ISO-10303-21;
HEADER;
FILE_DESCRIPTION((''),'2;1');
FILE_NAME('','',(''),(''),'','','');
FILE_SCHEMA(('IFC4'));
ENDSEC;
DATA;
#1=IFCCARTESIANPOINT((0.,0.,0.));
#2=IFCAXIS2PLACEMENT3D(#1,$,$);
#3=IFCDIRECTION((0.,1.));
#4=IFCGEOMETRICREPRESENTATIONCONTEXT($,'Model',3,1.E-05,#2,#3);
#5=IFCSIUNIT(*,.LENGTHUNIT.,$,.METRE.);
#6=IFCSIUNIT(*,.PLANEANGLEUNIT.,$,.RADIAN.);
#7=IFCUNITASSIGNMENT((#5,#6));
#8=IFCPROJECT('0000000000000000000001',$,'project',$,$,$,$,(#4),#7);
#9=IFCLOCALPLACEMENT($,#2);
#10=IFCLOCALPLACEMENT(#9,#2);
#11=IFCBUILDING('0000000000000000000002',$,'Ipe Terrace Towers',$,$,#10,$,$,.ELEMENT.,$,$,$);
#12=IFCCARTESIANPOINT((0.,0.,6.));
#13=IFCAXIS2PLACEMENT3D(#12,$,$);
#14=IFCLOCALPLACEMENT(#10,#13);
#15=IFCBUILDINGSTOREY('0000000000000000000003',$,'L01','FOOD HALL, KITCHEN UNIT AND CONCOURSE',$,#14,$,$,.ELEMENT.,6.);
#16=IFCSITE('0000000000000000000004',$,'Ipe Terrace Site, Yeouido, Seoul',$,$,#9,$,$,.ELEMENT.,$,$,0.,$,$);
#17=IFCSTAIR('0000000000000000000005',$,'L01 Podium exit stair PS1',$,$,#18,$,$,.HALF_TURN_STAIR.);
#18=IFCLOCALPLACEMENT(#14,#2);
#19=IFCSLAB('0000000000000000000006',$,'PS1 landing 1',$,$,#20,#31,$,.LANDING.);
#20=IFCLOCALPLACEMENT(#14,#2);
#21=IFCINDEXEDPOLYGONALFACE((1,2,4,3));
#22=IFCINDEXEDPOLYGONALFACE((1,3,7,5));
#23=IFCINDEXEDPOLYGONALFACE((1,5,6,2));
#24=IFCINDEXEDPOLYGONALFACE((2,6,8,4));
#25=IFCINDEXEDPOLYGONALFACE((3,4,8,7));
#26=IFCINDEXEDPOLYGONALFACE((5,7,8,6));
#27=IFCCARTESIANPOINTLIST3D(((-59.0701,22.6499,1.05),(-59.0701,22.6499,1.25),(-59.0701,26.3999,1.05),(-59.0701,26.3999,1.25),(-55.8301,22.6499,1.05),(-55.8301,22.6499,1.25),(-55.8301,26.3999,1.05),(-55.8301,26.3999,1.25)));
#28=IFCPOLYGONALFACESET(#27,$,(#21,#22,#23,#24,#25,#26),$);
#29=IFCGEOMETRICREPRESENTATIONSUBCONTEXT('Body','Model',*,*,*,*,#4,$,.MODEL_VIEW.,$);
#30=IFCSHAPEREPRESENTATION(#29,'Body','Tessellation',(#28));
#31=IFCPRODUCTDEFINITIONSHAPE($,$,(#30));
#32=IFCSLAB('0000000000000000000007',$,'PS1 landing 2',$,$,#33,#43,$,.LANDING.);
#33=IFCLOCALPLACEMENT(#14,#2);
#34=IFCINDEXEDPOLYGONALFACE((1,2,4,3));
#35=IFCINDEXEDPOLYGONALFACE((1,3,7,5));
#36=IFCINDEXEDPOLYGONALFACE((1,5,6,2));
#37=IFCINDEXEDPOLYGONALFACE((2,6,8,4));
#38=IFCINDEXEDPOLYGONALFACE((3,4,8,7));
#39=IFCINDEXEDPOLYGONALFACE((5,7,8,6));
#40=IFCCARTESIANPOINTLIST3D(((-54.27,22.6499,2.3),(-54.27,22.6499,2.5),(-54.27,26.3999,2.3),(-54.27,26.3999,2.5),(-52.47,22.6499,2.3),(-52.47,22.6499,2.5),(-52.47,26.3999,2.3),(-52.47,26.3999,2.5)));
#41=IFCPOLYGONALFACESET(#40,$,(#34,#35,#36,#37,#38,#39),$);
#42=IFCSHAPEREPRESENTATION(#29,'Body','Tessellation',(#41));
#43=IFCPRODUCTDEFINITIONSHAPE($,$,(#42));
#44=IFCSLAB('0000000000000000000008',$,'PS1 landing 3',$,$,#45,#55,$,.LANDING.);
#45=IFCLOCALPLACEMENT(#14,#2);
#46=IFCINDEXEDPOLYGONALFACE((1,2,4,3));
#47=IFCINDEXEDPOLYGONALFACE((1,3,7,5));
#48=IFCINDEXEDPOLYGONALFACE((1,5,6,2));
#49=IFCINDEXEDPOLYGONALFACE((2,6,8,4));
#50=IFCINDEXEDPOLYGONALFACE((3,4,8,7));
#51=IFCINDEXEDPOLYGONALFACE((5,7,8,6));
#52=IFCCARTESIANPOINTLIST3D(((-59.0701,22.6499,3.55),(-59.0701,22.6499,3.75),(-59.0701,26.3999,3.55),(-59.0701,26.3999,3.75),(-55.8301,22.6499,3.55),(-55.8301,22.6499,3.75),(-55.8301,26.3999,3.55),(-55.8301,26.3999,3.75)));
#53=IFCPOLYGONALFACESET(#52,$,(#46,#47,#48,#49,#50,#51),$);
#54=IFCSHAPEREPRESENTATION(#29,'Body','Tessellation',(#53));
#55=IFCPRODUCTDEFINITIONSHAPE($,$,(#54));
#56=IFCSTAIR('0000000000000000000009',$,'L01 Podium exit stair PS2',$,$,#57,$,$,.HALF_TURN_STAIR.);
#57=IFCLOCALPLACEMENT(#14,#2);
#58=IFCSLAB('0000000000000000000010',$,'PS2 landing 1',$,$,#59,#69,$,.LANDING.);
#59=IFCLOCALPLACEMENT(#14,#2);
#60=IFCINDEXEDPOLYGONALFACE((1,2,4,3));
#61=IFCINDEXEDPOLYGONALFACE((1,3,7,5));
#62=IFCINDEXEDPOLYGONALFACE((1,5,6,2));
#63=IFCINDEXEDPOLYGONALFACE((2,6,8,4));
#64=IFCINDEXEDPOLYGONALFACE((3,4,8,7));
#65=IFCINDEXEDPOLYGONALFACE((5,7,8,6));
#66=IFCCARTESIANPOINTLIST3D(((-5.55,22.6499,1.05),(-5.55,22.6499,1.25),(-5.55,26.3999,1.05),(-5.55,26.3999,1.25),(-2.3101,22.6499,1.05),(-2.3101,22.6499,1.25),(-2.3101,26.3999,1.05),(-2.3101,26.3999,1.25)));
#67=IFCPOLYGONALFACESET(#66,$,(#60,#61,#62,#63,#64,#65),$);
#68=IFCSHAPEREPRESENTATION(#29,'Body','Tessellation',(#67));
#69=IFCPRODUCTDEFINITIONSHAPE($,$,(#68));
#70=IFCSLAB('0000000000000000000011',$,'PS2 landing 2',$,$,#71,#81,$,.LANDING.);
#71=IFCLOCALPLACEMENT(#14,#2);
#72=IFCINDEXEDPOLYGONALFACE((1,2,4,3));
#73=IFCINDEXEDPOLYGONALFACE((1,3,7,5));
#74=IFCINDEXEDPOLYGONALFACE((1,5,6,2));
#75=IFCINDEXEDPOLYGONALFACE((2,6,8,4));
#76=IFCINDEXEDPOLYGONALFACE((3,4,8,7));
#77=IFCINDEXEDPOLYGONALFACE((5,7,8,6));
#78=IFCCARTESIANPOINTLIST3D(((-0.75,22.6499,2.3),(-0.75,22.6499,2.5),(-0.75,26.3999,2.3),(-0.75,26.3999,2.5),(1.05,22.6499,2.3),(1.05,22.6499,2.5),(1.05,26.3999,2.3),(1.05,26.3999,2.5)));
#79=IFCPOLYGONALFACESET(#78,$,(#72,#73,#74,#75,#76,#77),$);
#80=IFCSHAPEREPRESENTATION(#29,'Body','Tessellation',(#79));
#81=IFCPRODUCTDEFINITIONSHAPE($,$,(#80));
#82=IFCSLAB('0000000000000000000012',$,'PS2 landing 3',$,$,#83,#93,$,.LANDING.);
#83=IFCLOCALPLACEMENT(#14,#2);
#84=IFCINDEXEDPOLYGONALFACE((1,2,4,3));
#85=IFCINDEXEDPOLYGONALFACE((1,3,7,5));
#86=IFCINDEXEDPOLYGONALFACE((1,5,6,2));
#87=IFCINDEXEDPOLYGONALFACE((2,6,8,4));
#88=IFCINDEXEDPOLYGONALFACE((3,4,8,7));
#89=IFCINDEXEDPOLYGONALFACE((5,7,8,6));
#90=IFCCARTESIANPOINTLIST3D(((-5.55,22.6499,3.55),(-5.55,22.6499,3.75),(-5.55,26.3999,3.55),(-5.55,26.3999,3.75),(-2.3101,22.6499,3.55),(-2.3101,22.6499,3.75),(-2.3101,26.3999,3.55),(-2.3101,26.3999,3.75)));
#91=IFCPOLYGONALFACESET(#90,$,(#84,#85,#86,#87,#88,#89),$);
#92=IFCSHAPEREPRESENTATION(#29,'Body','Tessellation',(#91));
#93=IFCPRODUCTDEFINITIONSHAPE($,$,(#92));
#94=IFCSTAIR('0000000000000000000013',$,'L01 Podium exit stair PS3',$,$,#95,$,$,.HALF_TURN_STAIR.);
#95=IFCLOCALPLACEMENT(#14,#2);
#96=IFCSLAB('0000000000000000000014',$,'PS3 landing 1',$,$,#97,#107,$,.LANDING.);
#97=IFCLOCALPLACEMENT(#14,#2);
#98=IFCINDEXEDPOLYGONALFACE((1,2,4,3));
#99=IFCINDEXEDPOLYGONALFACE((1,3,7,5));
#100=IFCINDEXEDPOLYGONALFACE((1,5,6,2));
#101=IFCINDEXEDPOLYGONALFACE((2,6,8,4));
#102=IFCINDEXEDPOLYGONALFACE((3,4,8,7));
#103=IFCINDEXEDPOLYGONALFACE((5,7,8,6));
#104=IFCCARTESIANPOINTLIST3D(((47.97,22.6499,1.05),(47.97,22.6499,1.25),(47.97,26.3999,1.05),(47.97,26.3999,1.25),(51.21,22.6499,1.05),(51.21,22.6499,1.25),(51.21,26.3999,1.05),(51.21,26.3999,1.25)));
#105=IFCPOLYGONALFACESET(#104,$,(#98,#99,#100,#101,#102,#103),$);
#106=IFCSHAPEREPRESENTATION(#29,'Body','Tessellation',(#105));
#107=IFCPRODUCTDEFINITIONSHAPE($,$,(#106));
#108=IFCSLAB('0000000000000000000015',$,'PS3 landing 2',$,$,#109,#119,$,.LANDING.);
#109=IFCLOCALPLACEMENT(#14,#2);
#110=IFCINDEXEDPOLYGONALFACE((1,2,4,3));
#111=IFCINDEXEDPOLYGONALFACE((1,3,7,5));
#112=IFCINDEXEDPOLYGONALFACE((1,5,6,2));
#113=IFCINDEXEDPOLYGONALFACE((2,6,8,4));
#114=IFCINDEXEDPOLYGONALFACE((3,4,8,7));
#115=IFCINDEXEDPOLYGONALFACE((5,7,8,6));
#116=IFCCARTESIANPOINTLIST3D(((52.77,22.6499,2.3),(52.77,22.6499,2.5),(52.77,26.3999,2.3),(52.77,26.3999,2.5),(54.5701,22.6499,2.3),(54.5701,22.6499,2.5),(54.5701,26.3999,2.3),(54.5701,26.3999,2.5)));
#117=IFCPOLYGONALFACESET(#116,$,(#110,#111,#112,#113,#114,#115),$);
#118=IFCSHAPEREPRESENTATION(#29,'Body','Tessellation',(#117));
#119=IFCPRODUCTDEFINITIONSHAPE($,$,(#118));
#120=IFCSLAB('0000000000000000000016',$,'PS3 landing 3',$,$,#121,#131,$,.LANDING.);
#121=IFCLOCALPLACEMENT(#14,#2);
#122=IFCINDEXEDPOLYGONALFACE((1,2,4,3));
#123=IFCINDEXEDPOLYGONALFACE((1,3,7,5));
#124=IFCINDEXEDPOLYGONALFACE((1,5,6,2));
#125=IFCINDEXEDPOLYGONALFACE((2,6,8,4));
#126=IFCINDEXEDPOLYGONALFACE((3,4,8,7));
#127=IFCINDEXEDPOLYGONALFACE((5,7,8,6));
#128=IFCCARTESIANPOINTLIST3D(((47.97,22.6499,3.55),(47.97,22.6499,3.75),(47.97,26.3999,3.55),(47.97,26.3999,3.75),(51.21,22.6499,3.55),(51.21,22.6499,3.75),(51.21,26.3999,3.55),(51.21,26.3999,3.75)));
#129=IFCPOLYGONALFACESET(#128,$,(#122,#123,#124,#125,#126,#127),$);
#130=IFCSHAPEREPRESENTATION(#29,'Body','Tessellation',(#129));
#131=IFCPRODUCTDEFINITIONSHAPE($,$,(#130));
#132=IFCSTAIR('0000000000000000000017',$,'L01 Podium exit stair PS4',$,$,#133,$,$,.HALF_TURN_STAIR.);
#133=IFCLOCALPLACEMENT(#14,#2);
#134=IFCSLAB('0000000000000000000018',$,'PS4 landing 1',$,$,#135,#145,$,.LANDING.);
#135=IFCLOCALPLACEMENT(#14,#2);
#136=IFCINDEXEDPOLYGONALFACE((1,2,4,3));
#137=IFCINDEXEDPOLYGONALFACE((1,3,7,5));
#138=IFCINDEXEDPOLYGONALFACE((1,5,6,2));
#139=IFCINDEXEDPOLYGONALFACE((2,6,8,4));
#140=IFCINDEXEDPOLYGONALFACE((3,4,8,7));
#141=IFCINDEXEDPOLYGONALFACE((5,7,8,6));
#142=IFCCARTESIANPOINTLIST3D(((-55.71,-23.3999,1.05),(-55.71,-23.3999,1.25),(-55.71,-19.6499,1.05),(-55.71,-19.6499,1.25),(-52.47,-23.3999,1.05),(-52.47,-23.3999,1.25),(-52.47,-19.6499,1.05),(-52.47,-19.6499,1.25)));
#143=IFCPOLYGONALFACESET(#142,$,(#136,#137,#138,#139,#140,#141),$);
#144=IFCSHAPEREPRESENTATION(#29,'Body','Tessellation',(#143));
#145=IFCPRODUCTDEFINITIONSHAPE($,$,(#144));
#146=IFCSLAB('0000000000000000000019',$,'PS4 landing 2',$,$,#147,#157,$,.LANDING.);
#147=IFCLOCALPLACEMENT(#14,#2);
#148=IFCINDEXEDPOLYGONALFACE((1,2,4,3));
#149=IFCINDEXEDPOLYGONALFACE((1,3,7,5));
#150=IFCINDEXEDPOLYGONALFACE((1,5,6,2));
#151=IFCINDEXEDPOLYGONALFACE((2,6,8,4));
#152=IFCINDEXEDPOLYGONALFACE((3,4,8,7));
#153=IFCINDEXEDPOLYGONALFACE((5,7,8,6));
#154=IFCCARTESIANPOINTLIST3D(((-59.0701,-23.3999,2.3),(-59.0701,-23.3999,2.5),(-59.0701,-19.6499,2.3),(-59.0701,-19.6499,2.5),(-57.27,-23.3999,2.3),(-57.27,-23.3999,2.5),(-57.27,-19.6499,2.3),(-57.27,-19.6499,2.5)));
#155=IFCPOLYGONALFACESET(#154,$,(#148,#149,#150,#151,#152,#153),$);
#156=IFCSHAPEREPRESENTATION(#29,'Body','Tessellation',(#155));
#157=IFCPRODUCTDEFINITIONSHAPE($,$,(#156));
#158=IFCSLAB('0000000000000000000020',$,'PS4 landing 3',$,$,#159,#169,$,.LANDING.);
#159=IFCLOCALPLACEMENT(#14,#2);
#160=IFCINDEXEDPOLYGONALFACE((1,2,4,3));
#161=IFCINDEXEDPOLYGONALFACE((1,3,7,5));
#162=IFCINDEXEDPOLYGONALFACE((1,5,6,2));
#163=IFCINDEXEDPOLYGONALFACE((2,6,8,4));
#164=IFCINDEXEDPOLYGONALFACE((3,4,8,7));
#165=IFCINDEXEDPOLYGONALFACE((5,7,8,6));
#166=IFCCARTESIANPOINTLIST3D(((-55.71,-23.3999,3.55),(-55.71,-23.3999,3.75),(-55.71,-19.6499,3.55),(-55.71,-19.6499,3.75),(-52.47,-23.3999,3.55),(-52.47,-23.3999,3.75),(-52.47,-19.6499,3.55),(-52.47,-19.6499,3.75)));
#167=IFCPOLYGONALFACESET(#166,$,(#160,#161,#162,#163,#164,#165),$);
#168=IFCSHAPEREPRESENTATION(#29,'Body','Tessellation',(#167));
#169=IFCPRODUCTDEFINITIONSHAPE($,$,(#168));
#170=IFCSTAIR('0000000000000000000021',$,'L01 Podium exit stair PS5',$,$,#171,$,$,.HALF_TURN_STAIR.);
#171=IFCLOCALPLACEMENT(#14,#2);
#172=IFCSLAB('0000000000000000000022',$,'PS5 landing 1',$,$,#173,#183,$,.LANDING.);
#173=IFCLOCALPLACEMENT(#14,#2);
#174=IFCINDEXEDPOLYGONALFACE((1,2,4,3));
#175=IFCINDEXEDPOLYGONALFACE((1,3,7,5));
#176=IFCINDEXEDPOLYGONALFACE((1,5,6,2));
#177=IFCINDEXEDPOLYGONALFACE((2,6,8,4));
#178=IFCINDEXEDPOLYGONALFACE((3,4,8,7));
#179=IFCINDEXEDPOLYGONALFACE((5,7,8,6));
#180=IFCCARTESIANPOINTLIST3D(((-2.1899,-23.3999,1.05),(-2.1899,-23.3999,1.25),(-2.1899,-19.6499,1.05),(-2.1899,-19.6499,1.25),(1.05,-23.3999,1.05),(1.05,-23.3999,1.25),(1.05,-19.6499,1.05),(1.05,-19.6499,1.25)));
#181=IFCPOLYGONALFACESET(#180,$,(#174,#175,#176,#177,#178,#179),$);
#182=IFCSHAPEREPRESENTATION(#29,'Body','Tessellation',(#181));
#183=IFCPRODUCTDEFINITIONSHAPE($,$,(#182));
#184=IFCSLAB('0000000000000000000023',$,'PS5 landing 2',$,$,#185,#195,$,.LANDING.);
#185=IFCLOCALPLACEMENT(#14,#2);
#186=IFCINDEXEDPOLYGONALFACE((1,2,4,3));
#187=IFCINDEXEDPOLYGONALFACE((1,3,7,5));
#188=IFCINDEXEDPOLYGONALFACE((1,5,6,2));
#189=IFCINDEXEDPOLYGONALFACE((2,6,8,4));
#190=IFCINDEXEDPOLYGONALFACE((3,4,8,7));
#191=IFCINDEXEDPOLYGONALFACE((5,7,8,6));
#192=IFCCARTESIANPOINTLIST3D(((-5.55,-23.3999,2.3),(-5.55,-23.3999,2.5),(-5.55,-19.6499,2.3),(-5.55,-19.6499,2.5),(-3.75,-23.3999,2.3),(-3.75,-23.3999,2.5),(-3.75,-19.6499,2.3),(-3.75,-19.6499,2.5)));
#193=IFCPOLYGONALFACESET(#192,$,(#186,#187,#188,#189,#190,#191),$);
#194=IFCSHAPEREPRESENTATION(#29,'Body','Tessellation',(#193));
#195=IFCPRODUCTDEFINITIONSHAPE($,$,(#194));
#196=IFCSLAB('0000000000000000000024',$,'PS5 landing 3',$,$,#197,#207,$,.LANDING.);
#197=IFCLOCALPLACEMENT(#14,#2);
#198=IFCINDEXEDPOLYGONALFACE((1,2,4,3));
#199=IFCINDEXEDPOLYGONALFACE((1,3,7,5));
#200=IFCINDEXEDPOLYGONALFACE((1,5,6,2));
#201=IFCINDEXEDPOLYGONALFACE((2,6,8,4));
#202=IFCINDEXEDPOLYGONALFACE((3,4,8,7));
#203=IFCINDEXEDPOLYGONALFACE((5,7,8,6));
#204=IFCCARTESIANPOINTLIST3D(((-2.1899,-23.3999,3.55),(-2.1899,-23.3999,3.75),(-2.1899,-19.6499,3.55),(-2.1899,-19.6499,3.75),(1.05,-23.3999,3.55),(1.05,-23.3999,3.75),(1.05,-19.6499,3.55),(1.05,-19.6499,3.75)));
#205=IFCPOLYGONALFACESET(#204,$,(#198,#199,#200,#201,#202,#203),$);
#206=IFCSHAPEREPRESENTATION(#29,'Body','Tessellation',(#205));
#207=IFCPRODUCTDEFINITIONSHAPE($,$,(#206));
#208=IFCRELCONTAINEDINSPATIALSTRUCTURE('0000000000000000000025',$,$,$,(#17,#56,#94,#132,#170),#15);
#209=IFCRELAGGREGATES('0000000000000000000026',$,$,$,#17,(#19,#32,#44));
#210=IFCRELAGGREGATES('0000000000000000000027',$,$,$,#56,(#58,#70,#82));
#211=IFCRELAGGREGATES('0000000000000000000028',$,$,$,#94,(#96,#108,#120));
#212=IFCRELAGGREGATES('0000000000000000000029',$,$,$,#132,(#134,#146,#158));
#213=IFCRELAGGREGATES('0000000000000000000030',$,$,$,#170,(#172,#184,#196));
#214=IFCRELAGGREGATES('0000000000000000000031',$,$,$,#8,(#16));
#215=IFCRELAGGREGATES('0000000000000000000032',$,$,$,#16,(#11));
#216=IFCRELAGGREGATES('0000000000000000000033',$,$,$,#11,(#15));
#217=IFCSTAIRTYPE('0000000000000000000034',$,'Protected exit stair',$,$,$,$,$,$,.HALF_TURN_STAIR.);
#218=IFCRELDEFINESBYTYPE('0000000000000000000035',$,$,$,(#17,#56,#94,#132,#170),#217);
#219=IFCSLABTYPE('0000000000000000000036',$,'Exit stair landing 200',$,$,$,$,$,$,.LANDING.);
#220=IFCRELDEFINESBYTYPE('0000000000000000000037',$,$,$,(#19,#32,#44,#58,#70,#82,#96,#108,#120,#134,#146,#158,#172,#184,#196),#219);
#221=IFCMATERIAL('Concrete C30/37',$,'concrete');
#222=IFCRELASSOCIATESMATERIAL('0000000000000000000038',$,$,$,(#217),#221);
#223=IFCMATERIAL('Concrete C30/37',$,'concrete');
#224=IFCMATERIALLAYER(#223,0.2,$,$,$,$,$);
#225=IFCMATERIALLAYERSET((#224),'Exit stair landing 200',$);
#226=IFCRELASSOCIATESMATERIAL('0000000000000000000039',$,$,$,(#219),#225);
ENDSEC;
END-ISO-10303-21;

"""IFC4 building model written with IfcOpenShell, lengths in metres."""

from ifc_helpers import new_model, si_unit, direction, frame, origin, place, context, subcontext, project, spatial, polyline, outline, extrude, material, layer, layer_set, type_object, element, aggregate, save


model = new_model("IFC4")

# Units and contexts
model_context = context("Model", 3, precision=1e-05, world=origin(), true_north=direction((0.0, 1.0)))
body_context = subcontext(model_context, "Body", "Model", "MODEL_VIEW")
ifc_project = project(units=[si_unit("LENGTHUNIT", "METRE"), si_unit("PLANEANGLEUNIT", "RADIAN")], contexts=[model_context])

# Site, building, storey
site_placement = place(None, origin())
site = spatial("IfcSite", under=ifc_project, at=site_placement, Name="Ipe Terrace Site, Yeouido, Seoul", CompositionType="ELEMENT", RefElevation=0.0)
building_placement = place(site_placement, origin())
building = spatial("IfcBuilding", under=site, at=building_placement, Name="Ipe Terrace Towers", CompositionType="ELEMENT")
storey_placement = place(building_placement, frame((0.0, 0.0, 6.0)))
storey = spatial("IfcBuildingStorey", under=building, at=storey_placement, Name="L01", Description="FOOD HALL, KITCHEN UNIT AND CONCOURSE", CompositionType="ELEMENT", Elevation=6.0)

# Stairs, slabs
ifc_material_1 = material(Name="Concrete C30/37", Category="concrete")
stair_type = type_object("IfcStairType", Name="Protected exit stair", PredefinedType="HALF_TURN_STAIR", material=ifc_material_1)
stair_1_placement = place(storey_placement, origin())
stair_1 = element("IfcStair", 1, at=stair_1_placement, inside=storey, type_object=stair_type, Name="L01 Podium exit stair PS1", PredefinedType="HALF_TURN_STAIR")
ifc_material_2 = material(Name="Concrete C30/37", Category="concrete")
ifc_layer = layer(ifc_material_2, 0.2)
ifc_layer_set = layer_set([ifc_layer], Name="Exit stair landing 200")
slab_type = type_object("IfcSlabType", Name="Exit stair landing 200", PredefinedType="LANDING", material=ifc_layer_set)
slab_1_placement = place(storey_placement, frame((0.0, 0.0, 1.05)))
slab_1 = element("IfcSlab", 2, at=slab_1_placement, type_object=slab_type, Name="PS1 landing 1", PredefinedType="LANDING", context=body_context, shape_type="SweptSolid", body=[
    extrude(outline(polyline([(-55.8301, 26.3999), (-59.0701, 26.3999), (-59.0701, 22.6499), (-55.8301, 22.6499), (-55.8301, 26.3999)])), origin(), (0.0, 0.0, 1.0), 0.2),
])
slab_2_placement = place(storey_placement, frame((0.0, 0.0, 2.3)))
slab_2 = element("IfcSlab", 3, at=slab_2_placement, type_object=slab_type, Name="PS1 landing 2", PredefinedType="LANDING", context=body_context, shape_type="SweptSolid", body=[
    extrude(outline(polyline([(-52.47, 26.3999), (-54.27, 26.3999), (-54.27, 22.6499), (-52.47, 22.6499), (-52.47, 26.3999)])), origin(), (0.0, 0.0, 1.0), 0.2),
])
slab_3_placement = place(storey_placement, frame((0.0, 0.0, 3.55)))
slab_3 = element("IfcSlab", 4, at=slab_3_placement, type_object=slab_type, Name="PS1 landing 3", PredefinedType="LANDING", context=body_context, shape_type="SweptSolid", body=[
    extrude(outline(polyline([(-55.8301, 26.3999), (-59.0701, 26.3999), (-59.0701, 22.6499), (-55.8301, 22.6499), (-55.8301, 26.3999)])), origin(), (0.0, 0.0, 1.0), 0.2),
])
aggregate(stair_1, [slab_1, slab_2, slab_3])
stair_2_placement = place(storey_placement, origin())
stair_2 = element("IfcStair", 5, at=stair_2_placement, inside=storey, type_object=stair_type, Name="L01 Podium exit stair PS2", PredefinedType="HALF_TURN_STAIR")
slab_4_placement = place(storey_placement, frame((0.0, 0.0, 1.05)))
slab_4 = element("IfcSlab", 6, at=slab_4_placement, type_object=slab_type, Name="PS2 landing 1", PredefinedType="LANDING", context=body_context, shape_type="SweptSolid", body=[
    extrude(outline(polyline([(-2.3101, 26.3999), (-5.55, 26.3999), (-5.55, 22.6499), (-2.3101, 22.6499), (-2.3101, 26.3999)])), origin(), (0.0, 0.0, 1.0), 0.2),
])
slab_5_placement = place(storey_placement, frame((0.0, 0.0, 2.3)))
slab_5 = element("IfcSlab", 7, at=slab_5_placement, type_object=slab_type, Name="PS2 landing 2", PredefinedType="LANDING", context=body_context, shape_type="SweptSolid", body=[
    extrude(outline(polyline([(1.05, 26.3999), (-0.75, 26.3999), (-0.75, 22.6499), (1.05, 22.6499), (1.05, 26.3999)])), origin(), (0.0, 0.0, 1.0), 0.2),
])
slab_6_placement = place(storey_placement, frame((0.0, 0.0, 3.55)))
slab_6 = element("IfcSlab", 8, at=slab_6_placement, type_object=slab_type, Name="PS2 landing 3", PredefinedType="LANDING", context=body_context, shape_type="SweptSolid", body=[
    extrude(outline(polyline([(-2.3101, 26.3999), (-5.55, 26.3999), (-5.55, 22.6499), (-2.3101, 22.6499), (-2.3101, 26.3999)])), origin(), (0.0, 0.0, 1.0), 0.2),
])
aggregate(stair_2, [slab_4, slab_5, slab_6])
stair_3_placement = place(storey_placement, origin())
stair_3 = element("IfcStair", 9, at=stair_3_placement, inside=storey, type_object=stair_type, Name="L01 Podium exit stair PS3", PredefinedType="HALF_TURN_STAIR")
slab_7_placement = place(storey_placement, frame((0.0, 0.0, 1.05)))
slab_7 = element("IfcSlab", 10, at=slab_7_placement, type_object=slab_type, Name="PS3 landing 1", PredefinedType="LANDING", context=body_context, shape_type="SweptSolid", body=[
    extrude(outline(polyline([(51.21, 26.3999), (47.97, 26.3999), (47.97, 22.6499), (51.21, 22.6499), (51.21, 26.3999)])), origin(), (0.0, 0.0, 1.0), 0.2),
])
slab_8_placement = place(storey_placement, frame((0.0, 0.0, 2.3)))
slab_8 = element("IfcSlab", 11, at=slab_8_placement, type_object=slab_type, Name="PS3 landing 2", PredefinedType="LANDING", context=body_context, shape_type="SweptSolid", body=[
    extrude(outline(polyline([(54.5701, 26.3999), (52.77, 26.3999), (52.77, 22.6499), (54.5701, 22.6499), (54.5701, 26.3999)])), origin(), (0.0, 0.0, 1.0), 0.2),
])
slab_9_placement = place(storey_placement, frame((0.0, 0.0, 3.55)))
slab_9 = element("IfcSlab", 12, at=slab_9_placement, type_object=slab_type, Name="PS3 landing 3", PredefinedType="LANDING", context=body_context, shape_type="SweptSolid", body=[
    extrude(outline(polyline([(51.21, 26.3999), (47.97, 26.3999), (47.97, 22.6499), (51.21, 22.6499), (51.21, 26.3999)])), origin(), (0.0, 0.0, 1.0), 0.2),
])
aggregate(stair_3, [slab_7, slab_8, slab_9])
stair_4_placement = place(storey_placement, origin())
stair_4 = element("IfcStair", 13, at=stair_4_placement, inside=storey, type_object=stair_type, Name="L01 Podium exit stair PS4", PredefinedType="HALF_TURN_STAIR")
slab_10_placement = place(storey_placement, frame((0.0, 0.0, 1.05)))
slab_10 = element("IfcSlab", 14, at=slab_10_placement, type_object=slab_type, Name="PS4 landing 1", PredefinedType="LANDING", context=body_context, shape_type="SweptSolid", body=[
    extrude(outline(polyline([(-55.71, -23.3999), (-52.47, -23.3999), (-52.47, -19.6499), (-55.71, -19.6499), (-55.71, -23.3999)])), origin(), (0.0, 0.0, 1.0), 0.2),
])
slab_11_placement = place(storey_placement, frame((0.0, 0.0, 2.3)))
slab_11 = element("IfcSlab", 15, at=slab_11_placement, type_object=slab_type, Name="PS4 landing 2", PredefinedType="LANDING", context=body_context, shape_type="SweptSolid", body=[
    extrude(outline(polyline([(-59.0701, -23.3999), (-57.27, -23.3999), (-57.27, -19.6499), (-59.0701, -19.6499), (-59.0701, -23.3999)])), origin(), (0.0, 0.0, 1.0), 0.2),
])
slab_12_placement = place(storey_placement, frame((0.0, 0.0, 3.55)))
slab_12 = element("IfcSlab", 16, at=slab_12_placement, type_object=slab_type, Name="PS4 landing 3", PredefinedType="LANDING", context=body_context, shape_type="SweptSolid", body=[
    extrude(outline(polyline([(-55.71, -23.3999), (-52.47, -23.3999), (-52.47, -19.6499), (-55.71, -19.6499), (-55.71, -23.3999)])), origin(), (0.0, 0.0, 1.0), 0.2),
])
aggregate(stair_4, [slab_10, slab_11, slab_12])
stair_5_placement = place(storey_placement, origin())
stair_5 = element("IfcStair", 17, at=stair_5_placement, inside=storey, type_object=stair_type, Name="L01 Podium exit stair PS5", PredefinedType="HALF_TURN_STAIR")
slab_13_placement = place(storey_placement, frame((0.0, 0.0, 1.05)))
slab_13 = element("IfcSlab", 18, at=slab_13_placement, type_object=slab_type, Name="PS5 landing 1", PredefinedType="LANDING", context=body_context, shape_type="SweptSolid", body=[
    extrude(outline(polyline([(-2.1899, -23.3999), (1.05, -23.3999), (1.05, -19.6499), (-2.1899, -19.6499), (-2.1899, -23.3999)])), origin(), (0.0, 0.0, 1.0), 0.2),
])
slab_14_placement = place(storey_placement, frame((0.0, 0.0, 2.3)))
slab_14 = element("IfcSlab", 19, at=slab_14_placement, type_object=slab_type, Name="PS5 landing 2", PredefinedType="LANDING", context=body_context, shape_type="SweptSolid", body=[
    extrude(outline(polyline([(-5.55, -23.3999), (-3.75, -23.3999), (-3.75, -19.6499), (-5.55, -19.6499), (-5.55, -23.3999)])), origin(), (0.0, 0.0, 1.0), 0.2),
])
slab_15_placement = place(storey_placement, frame((0.0, 0.0, 3.55)))
slab_15 = element("IfcSlab", 20, at=slab_15_placement, type_object=slab_type, Name="PS5 landing 3", PredefinedType="LANDING", context=body_context, shape_type="SweptSolid", body=[
    extrude(outline(polyline([(-2.1899, -23.3999), (1.05, -23.3999), (1.05, -19.6499), (-2.1899, -19.6499), (-2.1899, -23.3999)])), origin(), (0.0, 0.0, 1.0), 0.2),
])
aggregate(stair_5, [slab_13, slab_14, slab_15])

save(model, "model.ifc")
